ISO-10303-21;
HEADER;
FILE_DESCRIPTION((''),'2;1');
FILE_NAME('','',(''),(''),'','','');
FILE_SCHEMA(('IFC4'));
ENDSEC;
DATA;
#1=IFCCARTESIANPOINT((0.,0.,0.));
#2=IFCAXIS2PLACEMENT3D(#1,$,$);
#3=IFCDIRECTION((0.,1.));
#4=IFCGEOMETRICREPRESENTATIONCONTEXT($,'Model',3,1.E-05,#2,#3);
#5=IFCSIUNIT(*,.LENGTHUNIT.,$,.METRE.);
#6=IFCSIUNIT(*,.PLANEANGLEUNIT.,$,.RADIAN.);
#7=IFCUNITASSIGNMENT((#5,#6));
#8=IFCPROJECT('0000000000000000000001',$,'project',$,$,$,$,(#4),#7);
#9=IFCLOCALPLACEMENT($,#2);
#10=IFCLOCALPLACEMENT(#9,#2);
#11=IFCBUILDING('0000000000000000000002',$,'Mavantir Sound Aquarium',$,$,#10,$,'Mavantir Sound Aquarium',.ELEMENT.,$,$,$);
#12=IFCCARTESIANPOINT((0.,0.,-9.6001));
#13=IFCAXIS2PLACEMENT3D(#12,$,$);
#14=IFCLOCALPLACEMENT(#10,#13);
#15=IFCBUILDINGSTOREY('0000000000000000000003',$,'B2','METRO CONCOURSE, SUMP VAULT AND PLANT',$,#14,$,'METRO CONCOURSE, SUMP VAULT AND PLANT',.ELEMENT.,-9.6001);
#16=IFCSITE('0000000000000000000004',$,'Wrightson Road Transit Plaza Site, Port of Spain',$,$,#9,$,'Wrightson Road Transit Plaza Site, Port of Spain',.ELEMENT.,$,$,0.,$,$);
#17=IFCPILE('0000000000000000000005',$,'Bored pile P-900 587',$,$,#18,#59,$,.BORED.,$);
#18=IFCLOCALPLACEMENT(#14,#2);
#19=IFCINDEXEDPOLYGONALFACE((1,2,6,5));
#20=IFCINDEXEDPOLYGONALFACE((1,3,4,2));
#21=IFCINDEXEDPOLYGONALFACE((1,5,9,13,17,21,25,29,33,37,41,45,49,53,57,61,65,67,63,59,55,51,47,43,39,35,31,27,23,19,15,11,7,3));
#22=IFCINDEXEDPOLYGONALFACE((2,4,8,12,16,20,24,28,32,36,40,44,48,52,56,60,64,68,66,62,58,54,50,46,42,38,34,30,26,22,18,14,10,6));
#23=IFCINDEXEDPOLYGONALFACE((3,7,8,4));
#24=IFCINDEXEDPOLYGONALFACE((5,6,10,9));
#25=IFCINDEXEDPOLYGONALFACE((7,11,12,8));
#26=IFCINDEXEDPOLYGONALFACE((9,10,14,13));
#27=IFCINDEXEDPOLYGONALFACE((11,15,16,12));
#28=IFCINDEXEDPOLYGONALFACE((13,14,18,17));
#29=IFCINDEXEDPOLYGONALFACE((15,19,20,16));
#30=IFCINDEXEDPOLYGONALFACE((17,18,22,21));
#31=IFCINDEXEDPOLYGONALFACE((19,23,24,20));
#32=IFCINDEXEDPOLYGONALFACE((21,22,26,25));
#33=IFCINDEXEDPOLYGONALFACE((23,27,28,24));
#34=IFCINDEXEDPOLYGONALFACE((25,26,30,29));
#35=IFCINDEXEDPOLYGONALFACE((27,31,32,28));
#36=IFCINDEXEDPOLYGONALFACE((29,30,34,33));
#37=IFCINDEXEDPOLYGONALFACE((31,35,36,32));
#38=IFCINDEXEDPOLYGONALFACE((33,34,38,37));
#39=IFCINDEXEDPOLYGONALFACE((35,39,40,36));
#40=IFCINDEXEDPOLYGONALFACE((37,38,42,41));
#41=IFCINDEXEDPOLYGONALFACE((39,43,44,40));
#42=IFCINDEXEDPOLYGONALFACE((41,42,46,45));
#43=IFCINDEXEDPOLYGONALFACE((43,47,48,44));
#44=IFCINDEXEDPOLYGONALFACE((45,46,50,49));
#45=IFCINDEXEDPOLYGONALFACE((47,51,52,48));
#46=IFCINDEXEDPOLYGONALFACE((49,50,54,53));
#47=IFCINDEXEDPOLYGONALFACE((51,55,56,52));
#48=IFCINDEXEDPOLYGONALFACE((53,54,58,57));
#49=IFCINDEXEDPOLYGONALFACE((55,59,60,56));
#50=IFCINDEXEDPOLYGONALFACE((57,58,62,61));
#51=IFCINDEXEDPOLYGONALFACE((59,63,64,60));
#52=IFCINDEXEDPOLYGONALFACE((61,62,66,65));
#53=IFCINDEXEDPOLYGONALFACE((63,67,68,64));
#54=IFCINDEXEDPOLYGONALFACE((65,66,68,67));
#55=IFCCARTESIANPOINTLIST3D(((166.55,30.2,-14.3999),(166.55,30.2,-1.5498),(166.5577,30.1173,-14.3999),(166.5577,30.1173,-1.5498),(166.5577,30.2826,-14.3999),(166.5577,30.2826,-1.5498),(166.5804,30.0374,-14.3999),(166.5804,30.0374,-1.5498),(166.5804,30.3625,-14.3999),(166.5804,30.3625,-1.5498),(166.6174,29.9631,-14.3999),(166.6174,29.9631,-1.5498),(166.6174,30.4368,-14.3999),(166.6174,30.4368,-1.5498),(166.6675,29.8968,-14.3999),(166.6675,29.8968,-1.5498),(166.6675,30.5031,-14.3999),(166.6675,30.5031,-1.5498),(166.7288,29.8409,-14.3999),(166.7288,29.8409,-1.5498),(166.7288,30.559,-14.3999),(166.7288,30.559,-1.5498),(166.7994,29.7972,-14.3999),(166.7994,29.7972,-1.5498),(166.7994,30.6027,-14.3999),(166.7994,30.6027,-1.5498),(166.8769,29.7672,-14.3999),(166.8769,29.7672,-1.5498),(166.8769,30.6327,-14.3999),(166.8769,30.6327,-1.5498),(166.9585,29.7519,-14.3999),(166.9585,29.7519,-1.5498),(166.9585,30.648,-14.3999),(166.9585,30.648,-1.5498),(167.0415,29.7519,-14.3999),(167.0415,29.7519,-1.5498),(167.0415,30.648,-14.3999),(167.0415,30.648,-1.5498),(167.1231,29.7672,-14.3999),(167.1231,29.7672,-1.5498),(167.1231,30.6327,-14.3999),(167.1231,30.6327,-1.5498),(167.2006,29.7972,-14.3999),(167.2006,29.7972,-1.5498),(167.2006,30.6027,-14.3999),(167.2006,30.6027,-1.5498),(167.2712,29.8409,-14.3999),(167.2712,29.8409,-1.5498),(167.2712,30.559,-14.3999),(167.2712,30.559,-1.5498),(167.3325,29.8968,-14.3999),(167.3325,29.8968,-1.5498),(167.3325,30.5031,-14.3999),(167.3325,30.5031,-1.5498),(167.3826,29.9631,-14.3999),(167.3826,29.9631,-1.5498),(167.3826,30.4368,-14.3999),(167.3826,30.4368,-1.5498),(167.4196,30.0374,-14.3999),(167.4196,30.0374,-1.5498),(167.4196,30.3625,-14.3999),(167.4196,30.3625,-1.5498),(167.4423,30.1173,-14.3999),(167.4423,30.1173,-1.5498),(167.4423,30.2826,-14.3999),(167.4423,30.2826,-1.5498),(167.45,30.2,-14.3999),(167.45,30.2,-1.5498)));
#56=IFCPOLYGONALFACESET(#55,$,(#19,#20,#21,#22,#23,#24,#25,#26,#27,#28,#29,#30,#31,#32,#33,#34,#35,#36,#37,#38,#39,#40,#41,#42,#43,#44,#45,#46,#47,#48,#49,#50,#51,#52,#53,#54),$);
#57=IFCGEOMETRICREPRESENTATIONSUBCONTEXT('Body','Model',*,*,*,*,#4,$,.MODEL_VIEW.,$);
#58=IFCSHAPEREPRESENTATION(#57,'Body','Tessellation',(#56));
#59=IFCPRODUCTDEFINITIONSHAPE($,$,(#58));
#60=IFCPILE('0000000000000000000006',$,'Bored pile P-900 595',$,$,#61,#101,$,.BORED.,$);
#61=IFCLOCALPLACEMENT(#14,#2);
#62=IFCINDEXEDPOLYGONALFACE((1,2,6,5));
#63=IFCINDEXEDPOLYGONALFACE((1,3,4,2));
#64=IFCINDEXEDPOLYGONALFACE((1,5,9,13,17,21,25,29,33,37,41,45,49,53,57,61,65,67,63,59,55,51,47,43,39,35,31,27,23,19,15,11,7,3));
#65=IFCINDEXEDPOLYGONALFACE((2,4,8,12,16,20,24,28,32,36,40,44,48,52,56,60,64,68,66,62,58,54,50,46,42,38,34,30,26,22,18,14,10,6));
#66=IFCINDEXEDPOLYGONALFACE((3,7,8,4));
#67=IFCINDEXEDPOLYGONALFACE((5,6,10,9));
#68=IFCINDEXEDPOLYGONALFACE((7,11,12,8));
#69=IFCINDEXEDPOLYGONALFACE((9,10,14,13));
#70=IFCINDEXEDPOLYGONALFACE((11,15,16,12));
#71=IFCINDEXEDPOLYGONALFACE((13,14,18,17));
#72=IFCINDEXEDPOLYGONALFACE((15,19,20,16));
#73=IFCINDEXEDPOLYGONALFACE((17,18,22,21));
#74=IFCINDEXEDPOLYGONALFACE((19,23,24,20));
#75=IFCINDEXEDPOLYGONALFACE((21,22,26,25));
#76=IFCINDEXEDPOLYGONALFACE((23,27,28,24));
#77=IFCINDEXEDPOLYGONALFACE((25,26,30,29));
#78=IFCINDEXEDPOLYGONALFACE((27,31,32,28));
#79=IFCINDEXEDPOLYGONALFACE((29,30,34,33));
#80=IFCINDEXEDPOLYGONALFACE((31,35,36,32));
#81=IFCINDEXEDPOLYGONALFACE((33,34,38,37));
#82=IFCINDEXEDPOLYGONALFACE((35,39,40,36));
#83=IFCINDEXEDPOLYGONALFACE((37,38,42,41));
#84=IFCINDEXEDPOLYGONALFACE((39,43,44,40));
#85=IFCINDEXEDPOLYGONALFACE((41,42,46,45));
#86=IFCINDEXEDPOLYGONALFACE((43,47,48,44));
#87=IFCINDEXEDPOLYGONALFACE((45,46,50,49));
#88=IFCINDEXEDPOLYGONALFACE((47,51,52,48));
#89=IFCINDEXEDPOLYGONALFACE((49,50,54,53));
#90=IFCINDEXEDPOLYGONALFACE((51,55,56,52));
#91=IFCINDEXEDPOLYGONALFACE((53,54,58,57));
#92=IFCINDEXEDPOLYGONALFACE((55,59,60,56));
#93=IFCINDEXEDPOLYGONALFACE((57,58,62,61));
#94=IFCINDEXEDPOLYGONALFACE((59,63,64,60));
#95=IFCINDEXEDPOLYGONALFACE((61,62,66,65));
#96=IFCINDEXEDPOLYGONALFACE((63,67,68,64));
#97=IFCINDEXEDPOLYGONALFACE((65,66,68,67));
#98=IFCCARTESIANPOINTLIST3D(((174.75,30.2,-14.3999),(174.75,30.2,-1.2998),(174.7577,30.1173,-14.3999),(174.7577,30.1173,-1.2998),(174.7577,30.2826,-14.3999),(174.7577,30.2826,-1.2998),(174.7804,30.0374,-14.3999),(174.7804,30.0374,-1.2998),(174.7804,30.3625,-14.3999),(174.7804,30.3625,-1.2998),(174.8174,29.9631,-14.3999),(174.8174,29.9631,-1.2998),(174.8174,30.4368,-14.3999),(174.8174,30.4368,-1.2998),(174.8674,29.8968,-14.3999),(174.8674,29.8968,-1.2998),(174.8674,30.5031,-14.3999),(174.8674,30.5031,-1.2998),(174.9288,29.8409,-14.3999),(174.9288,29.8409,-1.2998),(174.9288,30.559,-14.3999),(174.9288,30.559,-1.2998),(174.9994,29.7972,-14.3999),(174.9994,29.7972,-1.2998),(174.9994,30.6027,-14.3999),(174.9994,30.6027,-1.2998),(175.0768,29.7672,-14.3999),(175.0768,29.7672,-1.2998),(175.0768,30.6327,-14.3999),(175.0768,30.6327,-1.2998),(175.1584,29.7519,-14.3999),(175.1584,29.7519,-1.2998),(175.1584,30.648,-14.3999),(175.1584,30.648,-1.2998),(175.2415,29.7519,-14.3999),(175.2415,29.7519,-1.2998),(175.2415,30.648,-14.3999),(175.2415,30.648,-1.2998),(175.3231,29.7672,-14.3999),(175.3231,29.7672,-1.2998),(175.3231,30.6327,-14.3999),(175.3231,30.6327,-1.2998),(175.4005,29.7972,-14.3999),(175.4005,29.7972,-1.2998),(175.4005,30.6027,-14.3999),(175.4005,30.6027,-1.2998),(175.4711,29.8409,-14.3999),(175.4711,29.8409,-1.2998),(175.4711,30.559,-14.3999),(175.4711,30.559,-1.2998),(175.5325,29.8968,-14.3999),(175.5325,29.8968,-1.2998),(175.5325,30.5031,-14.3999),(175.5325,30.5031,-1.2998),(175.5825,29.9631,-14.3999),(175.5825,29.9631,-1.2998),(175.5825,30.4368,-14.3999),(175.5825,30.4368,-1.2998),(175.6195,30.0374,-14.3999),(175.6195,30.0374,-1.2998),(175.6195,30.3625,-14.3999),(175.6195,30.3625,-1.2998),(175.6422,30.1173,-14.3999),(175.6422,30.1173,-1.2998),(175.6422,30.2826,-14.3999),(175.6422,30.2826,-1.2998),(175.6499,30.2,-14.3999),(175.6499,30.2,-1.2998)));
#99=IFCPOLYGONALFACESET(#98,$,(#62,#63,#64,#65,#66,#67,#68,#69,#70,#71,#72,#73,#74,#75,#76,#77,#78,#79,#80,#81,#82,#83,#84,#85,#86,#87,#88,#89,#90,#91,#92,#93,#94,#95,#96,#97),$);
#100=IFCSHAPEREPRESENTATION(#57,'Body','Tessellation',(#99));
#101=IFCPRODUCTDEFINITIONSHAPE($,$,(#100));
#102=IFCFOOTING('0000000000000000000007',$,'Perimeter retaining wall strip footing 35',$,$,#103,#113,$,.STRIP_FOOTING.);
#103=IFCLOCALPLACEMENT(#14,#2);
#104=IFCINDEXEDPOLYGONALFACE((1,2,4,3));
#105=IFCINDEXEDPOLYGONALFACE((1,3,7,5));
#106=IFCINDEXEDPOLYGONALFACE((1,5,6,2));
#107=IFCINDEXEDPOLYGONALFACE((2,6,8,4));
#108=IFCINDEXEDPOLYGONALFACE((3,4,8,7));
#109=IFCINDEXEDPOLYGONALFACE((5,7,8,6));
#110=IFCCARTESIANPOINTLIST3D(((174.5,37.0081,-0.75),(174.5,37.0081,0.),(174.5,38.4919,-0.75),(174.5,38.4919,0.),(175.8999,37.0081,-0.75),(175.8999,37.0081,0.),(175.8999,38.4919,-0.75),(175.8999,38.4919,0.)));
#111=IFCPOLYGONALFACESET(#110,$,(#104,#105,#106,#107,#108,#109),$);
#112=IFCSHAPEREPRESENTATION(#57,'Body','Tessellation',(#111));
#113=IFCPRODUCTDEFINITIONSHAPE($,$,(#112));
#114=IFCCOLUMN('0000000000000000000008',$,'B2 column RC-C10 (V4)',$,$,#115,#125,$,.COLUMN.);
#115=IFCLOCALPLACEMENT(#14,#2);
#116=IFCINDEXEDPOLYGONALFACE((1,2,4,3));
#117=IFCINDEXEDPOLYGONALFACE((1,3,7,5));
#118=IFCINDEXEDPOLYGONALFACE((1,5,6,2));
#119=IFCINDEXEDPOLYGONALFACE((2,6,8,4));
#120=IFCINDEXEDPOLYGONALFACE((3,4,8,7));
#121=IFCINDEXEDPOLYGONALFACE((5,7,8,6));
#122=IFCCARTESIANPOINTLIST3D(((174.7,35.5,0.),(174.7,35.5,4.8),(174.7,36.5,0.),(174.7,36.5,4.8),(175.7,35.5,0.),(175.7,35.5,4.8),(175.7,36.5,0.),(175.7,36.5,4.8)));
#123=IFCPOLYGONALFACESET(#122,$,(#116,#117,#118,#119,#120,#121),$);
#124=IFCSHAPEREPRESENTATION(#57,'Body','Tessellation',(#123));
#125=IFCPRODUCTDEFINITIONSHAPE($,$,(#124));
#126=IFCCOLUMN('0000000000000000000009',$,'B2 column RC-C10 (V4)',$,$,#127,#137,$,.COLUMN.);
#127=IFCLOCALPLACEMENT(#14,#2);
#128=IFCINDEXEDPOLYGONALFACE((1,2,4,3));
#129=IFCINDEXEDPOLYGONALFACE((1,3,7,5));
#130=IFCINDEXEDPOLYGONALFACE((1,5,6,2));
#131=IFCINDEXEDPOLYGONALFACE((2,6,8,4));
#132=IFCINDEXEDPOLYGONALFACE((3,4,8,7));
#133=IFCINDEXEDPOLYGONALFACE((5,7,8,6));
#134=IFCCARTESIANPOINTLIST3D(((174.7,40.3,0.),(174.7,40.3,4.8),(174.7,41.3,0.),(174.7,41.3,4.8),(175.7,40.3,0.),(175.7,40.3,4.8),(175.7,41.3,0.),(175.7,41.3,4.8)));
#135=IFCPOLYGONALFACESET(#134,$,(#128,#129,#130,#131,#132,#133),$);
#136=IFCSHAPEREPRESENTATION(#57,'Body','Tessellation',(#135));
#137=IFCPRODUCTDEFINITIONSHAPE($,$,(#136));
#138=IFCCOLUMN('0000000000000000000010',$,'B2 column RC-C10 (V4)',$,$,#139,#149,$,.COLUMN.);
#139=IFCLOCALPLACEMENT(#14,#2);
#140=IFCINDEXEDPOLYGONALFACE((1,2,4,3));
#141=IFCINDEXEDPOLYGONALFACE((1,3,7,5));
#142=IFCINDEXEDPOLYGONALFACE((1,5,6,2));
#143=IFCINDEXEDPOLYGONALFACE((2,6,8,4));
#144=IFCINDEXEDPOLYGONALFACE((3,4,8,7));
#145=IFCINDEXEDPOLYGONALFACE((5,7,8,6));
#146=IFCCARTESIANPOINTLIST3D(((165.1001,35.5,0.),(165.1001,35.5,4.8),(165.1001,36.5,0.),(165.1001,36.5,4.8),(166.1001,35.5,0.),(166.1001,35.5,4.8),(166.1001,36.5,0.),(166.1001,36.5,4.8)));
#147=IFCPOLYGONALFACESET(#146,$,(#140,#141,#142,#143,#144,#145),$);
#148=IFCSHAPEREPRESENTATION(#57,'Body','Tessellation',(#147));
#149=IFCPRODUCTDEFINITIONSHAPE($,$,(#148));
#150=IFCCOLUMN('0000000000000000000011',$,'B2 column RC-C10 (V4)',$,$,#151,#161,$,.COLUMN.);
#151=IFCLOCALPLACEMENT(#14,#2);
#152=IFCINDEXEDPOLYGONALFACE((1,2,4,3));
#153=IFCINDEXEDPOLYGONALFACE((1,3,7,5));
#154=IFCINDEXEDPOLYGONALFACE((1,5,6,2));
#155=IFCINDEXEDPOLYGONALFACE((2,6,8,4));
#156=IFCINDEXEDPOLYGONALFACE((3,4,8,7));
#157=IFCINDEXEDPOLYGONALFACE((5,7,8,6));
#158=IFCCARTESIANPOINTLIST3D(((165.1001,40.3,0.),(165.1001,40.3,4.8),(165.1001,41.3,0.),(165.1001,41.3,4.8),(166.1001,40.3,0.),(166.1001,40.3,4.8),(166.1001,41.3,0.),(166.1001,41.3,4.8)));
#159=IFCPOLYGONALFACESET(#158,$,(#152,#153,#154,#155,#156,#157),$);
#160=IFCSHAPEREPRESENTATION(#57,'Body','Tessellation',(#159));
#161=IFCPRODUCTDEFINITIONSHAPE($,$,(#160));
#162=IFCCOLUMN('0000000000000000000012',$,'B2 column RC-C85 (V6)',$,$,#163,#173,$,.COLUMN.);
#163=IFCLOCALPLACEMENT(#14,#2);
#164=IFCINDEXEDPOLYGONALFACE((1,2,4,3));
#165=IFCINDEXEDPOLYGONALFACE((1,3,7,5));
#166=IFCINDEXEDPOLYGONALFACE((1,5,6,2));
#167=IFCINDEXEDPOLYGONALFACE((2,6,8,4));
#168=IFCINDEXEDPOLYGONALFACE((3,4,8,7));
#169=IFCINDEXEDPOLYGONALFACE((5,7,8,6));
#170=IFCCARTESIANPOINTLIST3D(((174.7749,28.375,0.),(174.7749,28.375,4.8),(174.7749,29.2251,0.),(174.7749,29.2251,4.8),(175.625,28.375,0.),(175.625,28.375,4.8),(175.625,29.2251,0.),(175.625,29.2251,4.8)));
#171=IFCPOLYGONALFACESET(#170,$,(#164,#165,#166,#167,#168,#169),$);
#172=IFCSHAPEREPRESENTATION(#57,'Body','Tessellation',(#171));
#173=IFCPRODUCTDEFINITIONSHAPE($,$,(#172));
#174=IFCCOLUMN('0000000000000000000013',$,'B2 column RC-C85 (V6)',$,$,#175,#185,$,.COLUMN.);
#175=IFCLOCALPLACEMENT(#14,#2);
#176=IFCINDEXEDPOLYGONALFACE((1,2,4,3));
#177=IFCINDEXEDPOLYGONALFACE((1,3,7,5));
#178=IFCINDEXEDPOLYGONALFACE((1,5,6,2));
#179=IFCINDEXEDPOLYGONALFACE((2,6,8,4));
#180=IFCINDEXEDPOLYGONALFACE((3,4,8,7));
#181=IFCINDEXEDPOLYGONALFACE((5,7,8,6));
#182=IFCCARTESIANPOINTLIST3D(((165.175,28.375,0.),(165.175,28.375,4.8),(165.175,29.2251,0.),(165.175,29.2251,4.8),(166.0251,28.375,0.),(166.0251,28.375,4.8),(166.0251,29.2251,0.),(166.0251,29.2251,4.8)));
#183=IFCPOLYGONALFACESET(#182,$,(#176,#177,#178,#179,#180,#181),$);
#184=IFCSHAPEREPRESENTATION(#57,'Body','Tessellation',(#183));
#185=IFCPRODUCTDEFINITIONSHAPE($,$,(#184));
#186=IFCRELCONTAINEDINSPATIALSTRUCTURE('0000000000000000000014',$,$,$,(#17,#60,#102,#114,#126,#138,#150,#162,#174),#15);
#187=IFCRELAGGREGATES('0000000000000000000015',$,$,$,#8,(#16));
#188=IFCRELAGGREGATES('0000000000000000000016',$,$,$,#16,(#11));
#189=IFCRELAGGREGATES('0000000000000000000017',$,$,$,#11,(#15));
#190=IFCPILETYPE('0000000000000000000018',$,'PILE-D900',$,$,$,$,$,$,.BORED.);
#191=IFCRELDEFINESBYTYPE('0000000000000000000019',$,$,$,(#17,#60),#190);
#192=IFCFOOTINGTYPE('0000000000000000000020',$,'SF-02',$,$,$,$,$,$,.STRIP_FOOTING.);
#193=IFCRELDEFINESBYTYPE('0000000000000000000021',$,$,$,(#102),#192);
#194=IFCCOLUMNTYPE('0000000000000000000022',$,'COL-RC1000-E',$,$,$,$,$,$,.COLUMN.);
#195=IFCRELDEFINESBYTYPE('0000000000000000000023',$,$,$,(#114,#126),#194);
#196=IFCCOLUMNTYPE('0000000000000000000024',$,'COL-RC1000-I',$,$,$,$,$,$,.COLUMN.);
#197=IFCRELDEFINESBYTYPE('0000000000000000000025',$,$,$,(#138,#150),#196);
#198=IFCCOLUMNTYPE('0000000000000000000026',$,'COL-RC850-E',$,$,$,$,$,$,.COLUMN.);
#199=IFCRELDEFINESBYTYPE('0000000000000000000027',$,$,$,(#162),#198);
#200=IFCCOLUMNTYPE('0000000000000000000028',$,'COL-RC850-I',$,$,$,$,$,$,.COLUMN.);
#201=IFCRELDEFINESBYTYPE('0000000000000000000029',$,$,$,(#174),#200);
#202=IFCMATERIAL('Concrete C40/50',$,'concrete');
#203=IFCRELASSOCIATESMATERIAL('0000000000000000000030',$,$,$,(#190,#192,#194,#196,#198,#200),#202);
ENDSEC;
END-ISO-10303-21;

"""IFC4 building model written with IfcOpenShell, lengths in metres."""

from ifc_helpers import new_model, si_unit, direction, frame, origin, origin_2d, place, context, subcontext, project, spatial, rectangle, circle, extrude, material, material_profile, profile_set, type_object, element, save


model = new_model("IFC4")

# Units and contexts
model_context = context("Model", 3, precision=1e-05, world=origin(), true_north=direction((0.0, 1.0)))
body_context = subcontext(model_context, "Body", "Model", "MODEL_VIEW")
ifc_project = project(units=[si_unit("LENGTHUNIT", "METRE"), si_unit("PLANEANGLEUNIT", "RADIAN")], contexts=[model_context])

# Site, building, storey
site_placement = place(None, origin())
site = spatial("IfcSite", under=ifc_project, at=site_placement, Name="Wrightson Road Transit Plaza Site, Port of Spain", LongName="Wrightson Road Transit Plaza Site, Port of Spain", CompositionType="ELEMENT", RefElevation=0.0)
building_placement = place(site_placement, origin())
building = spatial("IfcBuilding", under=site, at=building_placement, Name="Mavantir Sound Aquarium", LongName="Mavantir Sound Aquarium", CompositionType="ELEMENT")
storey_placement = place(building_placement, frame((0.0, 0.0, -9.6001)))
storey = spatial("IfcBuildingStorey", under=building, at=storey_placement, Name="B2", Description="METRO CONCOURSE, SUMP VAULT AND PLANT", LongName="METRO CONCOURSE, SUMP VAULT AND PLANT", CompositionType="ELEMENT", Elevation=-9.6001)

# Shared definitions
ifc_material_1 = material(Name="Concrete C40/50", Category="concrete")

# Piles
ifc_material_profile_1 = material_profile(ifc_material_1, circle(Radius=0.45, at=origin_2d()), Name="PILE D900")
ifc_profile_set_1 = profile_set([ifc_material_profile_1], Name="Concrete C40/50")
pile_type = type_object("IfcPileType", Name="PILE-D900", PredefinedType="BORED", material=ifc_profile_set_1)
for number, where, z_axis, x_axis, name in (
    (1, (167.0, 30.2, -1.5498), (0.0, 0.0, -1.0), (1.0, 0.0, 0.0), "Bored pile P-900 587"),
):
    element("IfcPile", number, at=place(storey_placement, frame(where, z_axis=z_axis, x_axis=x_axis)), inside=storey, type_object=pile_type, Name=name, PredefinedType="BORED", context=body_context, shape_type="SweptSolid", body=[
        extrude(circle(Radius=0.45, at=origin_2d()), origin(), (0.0, 0.0, 1.0), 12.8501),
    ])
pile_placement = place(storey_placement, frame((175.2, 30.2, -1.2998), z_axis=(0.0, 0.0, -1.0), x_axis=(1.0, 0.0, 0.0)))
element("IfcPile", 2, at=pile_placement, inside=storey, type_object=pile_type, Name="Bored pile P-900 595", PredefinedType="BORED", context=body_context, shape_type="SweptSolid", body=[
    extrude(circle(Radius=0.45, at=origin_2d()), origin(), (0.0, 0.0, 1.0), 13.1001),
])

# Footing
ifc_material_profile_2 = material_profile(ifc_material_1, rectangle(XDim=1.3999, YDim=0.75, at=origin_2d()), Name="RC 1400X750")
ifc_profile_set_2 = profile_set([ifc_material_profile_2], Name="Concrete C40/50")
footing_type_1 = type_object("IfcFootingType", Name="SF-02", PredefinedType="STRIP_FOOTING", material=ifc_profile_set_2)
footing_1_placement = place(storey_placement, frame((175.2, 38.4919, -0.375), z_axis=(0.0, -1.0, 0.0), x_axis=(1.0, 0.0, 0.0)))
element("IfcFooting", 3, at=footing_1_placement, inside=storey, type_object=footing_type_1, Name="Perimeter retaining wall strip footing 35", PredefinedType="STRIP_FOOTING", context=body_context, shape_type="SweptSolid", body=[
    extrude(rectangle(XDim=1.3999, YDim=0.75, at=origin_2d()), origin(), (0.0, 0.0, 1.0), 1.4839),
])

# Columns
ifc_material_profile_3 = material_profile(ifc_material_1, rectangle(XDim=1.0, YDim=1.0, at=origin_2d()), Name="RC 1000X1000")
ifc_profile_set_3 = profile_set([ifc_material_profile_3], Name="Concrete C40/50")
column_type_1 = type_object("IfcColumnType", Name="COL-RC1000-E", PredefinedType="COLUMN", material=ifc_profile_set_3)
for number, where, z_axis, x_axis, name in (
    (4, (175.2, 36.0, 0.0), (0.0, 0.0, 1.0), (1.0, 0.0, 0.0), "B2 column RC-C10 (V4)"),
    (5, (175.2, 40.8, 0.0), (0.0, 0.0, 1.0), (1.0, 0.0, 0.0), "B2 column RC-C10 (V4)"),
):
    element("IfcColumn", number, at=place(storey_placement, frame(where, z_axis=z_axis, x_axis=x_axis)), inside=storey, type_object=column_type_1, Name=name, PredefinedType="COLUMN", context=body_context, shape_type="SweptSolid", body=[
        extrude(rectangle(XDim=1.0, YDim=1.0, at=origin_2d()), origin(), (0.0, 0.0, 1.0), 4.8),
    ])
ifc_material_profile_4 = material_profile(ifc_material_1, rectangle(XDim=1.0, YDim=1.0, at=origin_2d()), Name="RC 1000X1000")
ifc_profile_set_4 = profile_set([ifc_material_profile_4], Name="Concrete C40/50")
column_type_2 = type_object("IfcColumnType", Name="COL-RC1000-I", PredefinedType="COLUMN", material=ifc_profile_set_4)
for number, where, z_axis, x_axis, name in (
    (6, (165.6001, 36.0, 0.0), (0.0, 0.0, 1.0), (1.0, 0.0, 0.0), "B2 column RC-C10 (V4)"),
    (7, (165.6001, 40.8, 0.0), (0.0, 0.0, 1.0), (1.0, 0.0, 0.0), "B2 column RC-C10 (V4)"),
):
    element("IfcColumn", number, at=place(storey_placement, frame(where, z_axis=z_axis, x_axis=x_axis)), inside=storey, type_object=column_type_2, Name=name, PredefinedType="COLUMN", context=body_context, shape_type="SweptSolid", body=[
        extrude(rectangle(XDim=1.0, YDim=1.0, at=origin_2d()), origin(), (0.0, 0.0, 1.0), 4.8),
    ])
ifc_material_profile_5 = material_profile(ifc_material_1, rectangle(XDim=0.8501, YDim=0.8501, at=origin_2d()), Name="RC 850X850")
ifc_profile_set_5 = profile_set([ifc_material_profile_5], Name="Concrete C40/50")
column_type_3 = type_object("IfcColumnType", Name="COL-RC850-E", PredefinedType="COLUMN", material=ifc_profile_set_5)
column_1_placement = place(storey_placement, frame((175.2, 28.8, 0.0), z_axis=(0.0, 0.0, 1.0), x_axis=(1.0, 0.0, 0.0)))
element("IfcColumn", 8, at=column_1_placement, inside=storey, type_object=column_type_3, Name="B2 column RC-C85 (V6)", PredefinedType="COLUMN", context=body_context, shape_type="SweptSolid", body=[
    extrude(rectangle(XDim=0.8501, YDim=0.8501, at=origin_2d()), origin(), (0.0, 0.0, 1.0), 4.8),
])
ifc_material_profile_6 = material_profile(ifc_material_1, rectangle(XDim=0.8501, YDim=0.8501, at=origin_2d()), Name="RC 850X850")
ifc_profile_set_6 = profile_set([ifc_material_profile_6], Name="Concrete C40/50")
column_type_4 = type_object("IfcColumnType", Name="COL-RC850-I", PredefinedType="COLUMN", material=ifc_profile_set_6)
column_2_placement = place(storey_placement, frame((165.6001, 28.8, 0.0), z_axis=(0.0, 0.0, 1.0), x_axis=(1.0, 0.0, 0.0)))
element("IfcColumn", 9, at=column_2_placement, inside=storey, type_object=column_type_4, Name="B2 column RC-C85 (V6)", PredefinedType="COLUMN", context=body_context, shape_type="SweptSolid", body=[
    extrude(rectangle(XDim=0.8501, YDim=0.8501, at=origin_2d()), origin(), (0.0, 0.0, 1.0), 4.8),
])

save(model, "model.ifc")
